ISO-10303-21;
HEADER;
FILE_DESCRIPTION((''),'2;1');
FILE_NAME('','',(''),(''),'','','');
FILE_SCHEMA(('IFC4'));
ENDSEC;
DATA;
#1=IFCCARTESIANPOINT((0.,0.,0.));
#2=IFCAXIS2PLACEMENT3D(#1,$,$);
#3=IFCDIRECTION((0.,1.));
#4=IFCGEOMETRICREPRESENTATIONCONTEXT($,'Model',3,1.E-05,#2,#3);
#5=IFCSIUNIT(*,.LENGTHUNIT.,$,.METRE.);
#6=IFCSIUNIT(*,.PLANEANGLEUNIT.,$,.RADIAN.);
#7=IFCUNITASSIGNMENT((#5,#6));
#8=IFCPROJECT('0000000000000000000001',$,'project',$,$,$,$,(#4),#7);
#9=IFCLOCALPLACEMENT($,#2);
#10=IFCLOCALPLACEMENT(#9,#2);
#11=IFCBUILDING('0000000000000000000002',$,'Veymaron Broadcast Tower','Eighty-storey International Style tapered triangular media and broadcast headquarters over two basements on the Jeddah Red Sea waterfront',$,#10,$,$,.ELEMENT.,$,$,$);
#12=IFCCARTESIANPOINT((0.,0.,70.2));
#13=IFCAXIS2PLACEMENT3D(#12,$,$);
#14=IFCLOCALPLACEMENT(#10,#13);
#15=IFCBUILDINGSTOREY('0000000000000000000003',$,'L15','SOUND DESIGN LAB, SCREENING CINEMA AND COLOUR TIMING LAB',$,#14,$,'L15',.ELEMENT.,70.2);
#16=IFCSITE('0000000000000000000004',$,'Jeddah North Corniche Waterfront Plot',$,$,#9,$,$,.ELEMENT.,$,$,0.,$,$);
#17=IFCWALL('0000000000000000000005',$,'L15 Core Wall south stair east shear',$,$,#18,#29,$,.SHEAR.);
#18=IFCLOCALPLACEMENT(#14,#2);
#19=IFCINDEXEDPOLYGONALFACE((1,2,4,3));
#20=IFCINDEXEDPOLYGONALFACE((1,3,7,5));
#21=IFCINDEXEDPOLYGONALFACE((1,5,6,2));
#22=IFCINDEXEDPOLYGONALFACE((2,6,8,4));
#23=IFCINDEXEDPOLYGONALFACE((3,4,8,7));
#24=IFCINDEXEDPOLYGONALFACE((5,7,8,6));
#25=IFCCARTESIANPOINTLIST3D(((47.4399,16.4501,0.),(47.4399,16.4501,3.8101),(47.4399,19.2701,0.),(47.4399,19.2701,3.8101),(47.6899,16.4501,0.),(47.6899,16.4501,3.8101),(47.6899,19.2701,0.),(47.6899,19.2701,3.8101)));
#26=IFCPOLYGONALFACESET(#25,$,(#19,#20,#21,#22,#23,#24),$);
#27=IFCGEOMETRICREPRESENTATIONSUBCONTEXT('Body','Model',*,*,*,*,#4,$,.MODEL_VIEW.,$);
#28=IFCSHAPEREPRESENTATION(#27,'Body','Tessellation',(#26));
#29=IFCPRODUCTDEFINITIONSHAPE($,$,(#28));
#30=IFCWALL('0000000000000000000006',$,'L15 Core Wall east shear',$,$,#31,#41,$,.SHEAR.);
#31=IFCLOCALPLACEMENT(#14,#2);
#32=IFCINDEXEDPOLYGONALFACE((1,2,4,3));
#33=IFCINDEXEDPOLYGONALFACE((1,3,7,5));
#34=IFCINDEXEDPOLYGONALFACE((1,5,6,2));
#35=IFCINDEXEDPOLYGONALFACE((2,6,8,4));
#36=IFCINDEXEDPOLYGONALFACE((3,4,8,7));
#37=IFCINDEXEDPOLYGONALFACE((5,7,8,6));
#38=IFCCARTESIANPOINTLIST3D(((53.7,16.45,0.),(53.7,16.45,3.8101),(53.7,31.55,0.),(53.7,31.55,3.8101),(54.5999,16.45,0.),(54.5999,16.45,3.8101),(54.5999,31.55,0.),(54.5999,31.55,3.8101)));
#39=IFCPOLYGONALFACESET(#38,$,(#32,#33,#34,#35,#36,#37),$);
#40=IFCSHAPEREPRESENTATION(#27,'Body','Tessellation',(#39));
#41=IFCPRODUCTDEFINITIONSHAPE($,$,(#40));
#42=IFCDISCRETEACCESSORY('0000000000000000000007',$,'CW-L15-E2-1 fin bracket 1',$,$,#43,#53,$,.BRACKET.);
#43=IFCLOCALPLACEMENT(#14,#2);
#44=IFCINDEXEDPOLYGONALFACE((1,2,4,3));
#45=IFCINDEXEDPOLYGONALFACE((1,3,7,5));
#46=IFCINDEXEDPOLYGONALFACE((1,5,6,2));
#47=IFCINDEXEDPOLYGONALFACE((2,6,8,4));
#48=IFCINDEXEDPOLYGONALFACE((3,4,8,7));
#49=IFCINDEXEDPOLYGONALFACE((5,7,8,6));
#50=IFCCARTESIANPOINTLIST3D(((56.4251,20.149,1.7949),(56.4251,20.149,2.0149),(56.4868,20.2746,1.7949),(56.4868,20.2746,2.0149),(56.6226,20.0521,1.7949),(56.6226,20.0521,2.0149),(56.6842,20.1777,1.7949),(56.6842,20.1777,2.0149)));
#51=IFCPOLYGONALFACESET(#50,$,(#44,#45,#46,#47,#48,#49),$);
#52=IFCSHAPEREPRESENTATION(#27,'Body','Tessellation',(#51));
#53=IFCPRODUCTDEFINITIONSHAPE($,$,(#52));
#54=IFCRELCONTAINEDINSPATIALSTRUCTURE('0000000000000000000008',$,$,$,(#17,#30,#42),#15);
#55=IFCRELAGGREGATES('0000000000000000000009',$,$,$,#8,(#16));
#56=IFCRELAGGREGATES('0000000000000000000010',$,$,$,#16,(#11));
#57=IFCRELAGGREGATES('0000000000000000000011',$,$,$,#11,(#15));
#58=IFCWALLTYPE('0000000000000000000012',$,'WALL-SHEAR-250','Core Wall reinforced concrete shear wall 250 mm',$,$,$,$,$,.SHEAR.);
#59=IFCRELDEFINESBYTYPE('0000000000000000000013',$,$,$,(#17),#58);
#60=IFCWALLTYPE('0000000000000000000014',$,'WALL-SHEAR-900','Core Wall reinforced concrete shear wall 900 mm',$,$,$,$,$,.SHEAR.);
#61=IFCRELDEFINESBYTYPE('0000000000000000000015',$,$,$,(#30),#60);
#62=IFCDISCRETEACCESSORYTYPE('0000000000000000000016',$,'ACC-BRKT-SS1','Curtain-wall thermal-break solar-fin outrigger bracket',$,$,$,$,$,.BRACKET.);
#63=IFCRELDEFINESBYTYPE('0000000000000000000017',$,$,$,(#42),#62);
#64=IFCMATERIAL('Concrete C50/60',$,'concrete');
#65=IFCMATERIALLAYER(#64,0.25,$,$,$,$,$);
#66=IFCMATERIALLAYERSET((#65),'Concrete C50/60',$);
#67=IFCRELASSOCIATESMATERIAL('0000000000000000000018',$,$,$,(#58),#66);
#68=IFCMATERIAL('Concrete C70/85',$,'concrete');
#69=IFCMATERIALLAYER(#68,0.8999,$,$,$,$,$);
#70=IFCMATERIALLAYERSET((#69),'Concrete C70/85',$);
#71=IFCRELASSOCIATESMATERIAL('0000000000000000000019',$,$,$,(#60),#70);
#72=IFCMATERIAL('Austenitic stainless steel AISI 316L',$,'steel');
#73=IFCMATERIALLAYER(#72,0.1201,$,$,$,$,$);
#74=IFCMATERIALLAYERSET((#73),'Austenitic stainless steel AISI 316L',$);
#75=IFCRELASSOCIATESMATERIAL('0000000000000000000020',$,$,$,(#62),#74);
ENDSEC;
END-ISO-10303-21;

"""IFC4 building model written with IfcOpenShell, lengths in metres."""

from ifc_helpers import new_model, si_unit, direction, frame, frame_2d, origin, origin_2d, place, context, subcontext, project, spatial, rectangle, extrude, material, layer, layer_set, type_object, element, save


model = new_model("IFC4")

# Units and contexts
model_context = context("Model", 3, precision=1e-05, world=origin(), true_north=direction((0.0, 1.0)))
body_context = subcontext(model_context, "Body", "Model", "MODEL_VIEW")
ifc_project = project(units=[si_unit("LENGTHUNIT", "METRE"), si_unit("PLANEANGLEUNIT", "RADIAN")], contexts=[model_context])

# Site, building, storey
site_placement = place(None, origin())
site = spatial("IfcSite", under=ifc_project, at=site_placement, Name="Jeddah North Corniche Waterfront Plot", CompositionType="ELEMENT", RefElevation=0.0)
building_placement = place(site_placement, origin())
building = spatial("IfcBuilding", under=site, at=building_placement, Name="Veymaron Broadcast Tower", Description="Eighty-storey International Style tapered triangular media and broadcast headquarters over two basements on the Jeddah Red Sea waterfront", CompositionType="ELEMENT")
storey_placement = place(building_placement, frame((0.0, 0.0, 70.2)))
storey = spatial("IfcBuildingStorey", under=building, at=storey_placement, Name="L15", Description="SOUND DESIGN LAB, SCREENING CINEMA AND COLOUR TIMING LAB", LongName="L15", CompositionType="ELEMENT", Elevation=70.2)

# Walls
ifc_material_1 = material(Name="Concrete C50/60", Category="concrete")
ifc_layer_1 = layer(ifc_material_1, 0.25)
ifc_layer_set_1 = layer_set([ifc_layer_1], Name="Concrete C50/60")
wall_type_1 = type_object("IfcWallType", Name="WALL-SHEAR-250", Description="Core Wall reinforced concrete shear wall 250 mm", PredefinedType="SHEAR", material=ifc_layer_set_1)
wall_1_placement = place(storey_placement, frame((47.5649, 16.45, 0.0), z_axis=(0.0, 0.0, 1.0), x_axis=(0.0, 1.0, 0.0)))
element("IfcWall", 1, at=wall_1_placement, inside=storey, type_object=wall_type_1, Name="L15 Core Wall south stair east shear", PredefinedType="SHEAR", context=body_context, shape_type="SweptSolid", body=[
    extrude(rectangle(XDim=2.8201, YDim=0.25, at=frame_2d((1.4102, 0.0))), origin(), (0.0, 0.0, 1.0), 3.8101),
])
ifc_material_2 = material(Name="Concrete C70/85", Category="concrete")
ifc_layer_2 = layer(ifc_material_2, 0.8999)
ifc_layer_set_2 = layer_set([ifc_layer_2], Name="Concrete C70/85")
wall_type_2 = type_object("IfcWallType", Name="WALL-SHEAR-900", Description="Core Wall reinforced concrete shear wall 900 mm", PredefinedType="SHEAR", material=ifc_layer_set_2)
wall_2_placement = place(storey_placement, frame((54.1499, 16.45, 0.0), z_axis=(0.0, 0.0, 1.0), x_axis=(0.0, 1.0, 0.0)))
element("IfcWall", 2, at=wall_2_placement, inside=storey, type_object=wall_type_2, Name="L15 Core Wall east shear", PredefinedType="SHEAR", context=body_context, shape_type="SweptSolid", body=[
    extrude(rectangle(XDim=15.1001, YDim=0.8999, at=frame_2d((7.55, 0.0))), origin(), (0.0, 0.0, 1.0), 3.8101),
])

# Discrete accessory
ifc_material_3 = material(Name="Austenitic stainless steel AISI 316L", Category="steel")
ifc_layer_3 = layer(ifc_material_3, 0.1201)
ifc_layer_set_3 = layer_set([ifc_layer_3], Name="Austenitic stainless steel AISI 316L")
discrete_accessory_type = type_object("IfcDiscreteAccessoryType", Name="ACC-BRKT-SS1", Description="Curtain-wall thermal-break solar-fin outrigger bracket", PredefinedType="BRACKET", material=ifc_layer_set_3)
discrete_accessory_placement = place(storey_placement, frame((56.5547, 20.1633, 1.7949), z_axis=(0.0, 0.0, 1.0), x_axis=(0.897682, -0.440644, 0.0)))
element("IfcDiscreteAccessory", 3, at=discrete_accessory_placement, inside=storey, type_object=discrete_accessory_type, Name="CW-L15-E2-1 fin bracket 1", PredefinedType="BRACKET", context=body_context, shape_type="SweptSolid", body=[
    extrude(rectangle(XDim=0.22, YDim=0.1399, at=origin_2d()), origin(), (0.0, 0.0, 1.0), 0.22),
])

save(model, "model.ifc")
